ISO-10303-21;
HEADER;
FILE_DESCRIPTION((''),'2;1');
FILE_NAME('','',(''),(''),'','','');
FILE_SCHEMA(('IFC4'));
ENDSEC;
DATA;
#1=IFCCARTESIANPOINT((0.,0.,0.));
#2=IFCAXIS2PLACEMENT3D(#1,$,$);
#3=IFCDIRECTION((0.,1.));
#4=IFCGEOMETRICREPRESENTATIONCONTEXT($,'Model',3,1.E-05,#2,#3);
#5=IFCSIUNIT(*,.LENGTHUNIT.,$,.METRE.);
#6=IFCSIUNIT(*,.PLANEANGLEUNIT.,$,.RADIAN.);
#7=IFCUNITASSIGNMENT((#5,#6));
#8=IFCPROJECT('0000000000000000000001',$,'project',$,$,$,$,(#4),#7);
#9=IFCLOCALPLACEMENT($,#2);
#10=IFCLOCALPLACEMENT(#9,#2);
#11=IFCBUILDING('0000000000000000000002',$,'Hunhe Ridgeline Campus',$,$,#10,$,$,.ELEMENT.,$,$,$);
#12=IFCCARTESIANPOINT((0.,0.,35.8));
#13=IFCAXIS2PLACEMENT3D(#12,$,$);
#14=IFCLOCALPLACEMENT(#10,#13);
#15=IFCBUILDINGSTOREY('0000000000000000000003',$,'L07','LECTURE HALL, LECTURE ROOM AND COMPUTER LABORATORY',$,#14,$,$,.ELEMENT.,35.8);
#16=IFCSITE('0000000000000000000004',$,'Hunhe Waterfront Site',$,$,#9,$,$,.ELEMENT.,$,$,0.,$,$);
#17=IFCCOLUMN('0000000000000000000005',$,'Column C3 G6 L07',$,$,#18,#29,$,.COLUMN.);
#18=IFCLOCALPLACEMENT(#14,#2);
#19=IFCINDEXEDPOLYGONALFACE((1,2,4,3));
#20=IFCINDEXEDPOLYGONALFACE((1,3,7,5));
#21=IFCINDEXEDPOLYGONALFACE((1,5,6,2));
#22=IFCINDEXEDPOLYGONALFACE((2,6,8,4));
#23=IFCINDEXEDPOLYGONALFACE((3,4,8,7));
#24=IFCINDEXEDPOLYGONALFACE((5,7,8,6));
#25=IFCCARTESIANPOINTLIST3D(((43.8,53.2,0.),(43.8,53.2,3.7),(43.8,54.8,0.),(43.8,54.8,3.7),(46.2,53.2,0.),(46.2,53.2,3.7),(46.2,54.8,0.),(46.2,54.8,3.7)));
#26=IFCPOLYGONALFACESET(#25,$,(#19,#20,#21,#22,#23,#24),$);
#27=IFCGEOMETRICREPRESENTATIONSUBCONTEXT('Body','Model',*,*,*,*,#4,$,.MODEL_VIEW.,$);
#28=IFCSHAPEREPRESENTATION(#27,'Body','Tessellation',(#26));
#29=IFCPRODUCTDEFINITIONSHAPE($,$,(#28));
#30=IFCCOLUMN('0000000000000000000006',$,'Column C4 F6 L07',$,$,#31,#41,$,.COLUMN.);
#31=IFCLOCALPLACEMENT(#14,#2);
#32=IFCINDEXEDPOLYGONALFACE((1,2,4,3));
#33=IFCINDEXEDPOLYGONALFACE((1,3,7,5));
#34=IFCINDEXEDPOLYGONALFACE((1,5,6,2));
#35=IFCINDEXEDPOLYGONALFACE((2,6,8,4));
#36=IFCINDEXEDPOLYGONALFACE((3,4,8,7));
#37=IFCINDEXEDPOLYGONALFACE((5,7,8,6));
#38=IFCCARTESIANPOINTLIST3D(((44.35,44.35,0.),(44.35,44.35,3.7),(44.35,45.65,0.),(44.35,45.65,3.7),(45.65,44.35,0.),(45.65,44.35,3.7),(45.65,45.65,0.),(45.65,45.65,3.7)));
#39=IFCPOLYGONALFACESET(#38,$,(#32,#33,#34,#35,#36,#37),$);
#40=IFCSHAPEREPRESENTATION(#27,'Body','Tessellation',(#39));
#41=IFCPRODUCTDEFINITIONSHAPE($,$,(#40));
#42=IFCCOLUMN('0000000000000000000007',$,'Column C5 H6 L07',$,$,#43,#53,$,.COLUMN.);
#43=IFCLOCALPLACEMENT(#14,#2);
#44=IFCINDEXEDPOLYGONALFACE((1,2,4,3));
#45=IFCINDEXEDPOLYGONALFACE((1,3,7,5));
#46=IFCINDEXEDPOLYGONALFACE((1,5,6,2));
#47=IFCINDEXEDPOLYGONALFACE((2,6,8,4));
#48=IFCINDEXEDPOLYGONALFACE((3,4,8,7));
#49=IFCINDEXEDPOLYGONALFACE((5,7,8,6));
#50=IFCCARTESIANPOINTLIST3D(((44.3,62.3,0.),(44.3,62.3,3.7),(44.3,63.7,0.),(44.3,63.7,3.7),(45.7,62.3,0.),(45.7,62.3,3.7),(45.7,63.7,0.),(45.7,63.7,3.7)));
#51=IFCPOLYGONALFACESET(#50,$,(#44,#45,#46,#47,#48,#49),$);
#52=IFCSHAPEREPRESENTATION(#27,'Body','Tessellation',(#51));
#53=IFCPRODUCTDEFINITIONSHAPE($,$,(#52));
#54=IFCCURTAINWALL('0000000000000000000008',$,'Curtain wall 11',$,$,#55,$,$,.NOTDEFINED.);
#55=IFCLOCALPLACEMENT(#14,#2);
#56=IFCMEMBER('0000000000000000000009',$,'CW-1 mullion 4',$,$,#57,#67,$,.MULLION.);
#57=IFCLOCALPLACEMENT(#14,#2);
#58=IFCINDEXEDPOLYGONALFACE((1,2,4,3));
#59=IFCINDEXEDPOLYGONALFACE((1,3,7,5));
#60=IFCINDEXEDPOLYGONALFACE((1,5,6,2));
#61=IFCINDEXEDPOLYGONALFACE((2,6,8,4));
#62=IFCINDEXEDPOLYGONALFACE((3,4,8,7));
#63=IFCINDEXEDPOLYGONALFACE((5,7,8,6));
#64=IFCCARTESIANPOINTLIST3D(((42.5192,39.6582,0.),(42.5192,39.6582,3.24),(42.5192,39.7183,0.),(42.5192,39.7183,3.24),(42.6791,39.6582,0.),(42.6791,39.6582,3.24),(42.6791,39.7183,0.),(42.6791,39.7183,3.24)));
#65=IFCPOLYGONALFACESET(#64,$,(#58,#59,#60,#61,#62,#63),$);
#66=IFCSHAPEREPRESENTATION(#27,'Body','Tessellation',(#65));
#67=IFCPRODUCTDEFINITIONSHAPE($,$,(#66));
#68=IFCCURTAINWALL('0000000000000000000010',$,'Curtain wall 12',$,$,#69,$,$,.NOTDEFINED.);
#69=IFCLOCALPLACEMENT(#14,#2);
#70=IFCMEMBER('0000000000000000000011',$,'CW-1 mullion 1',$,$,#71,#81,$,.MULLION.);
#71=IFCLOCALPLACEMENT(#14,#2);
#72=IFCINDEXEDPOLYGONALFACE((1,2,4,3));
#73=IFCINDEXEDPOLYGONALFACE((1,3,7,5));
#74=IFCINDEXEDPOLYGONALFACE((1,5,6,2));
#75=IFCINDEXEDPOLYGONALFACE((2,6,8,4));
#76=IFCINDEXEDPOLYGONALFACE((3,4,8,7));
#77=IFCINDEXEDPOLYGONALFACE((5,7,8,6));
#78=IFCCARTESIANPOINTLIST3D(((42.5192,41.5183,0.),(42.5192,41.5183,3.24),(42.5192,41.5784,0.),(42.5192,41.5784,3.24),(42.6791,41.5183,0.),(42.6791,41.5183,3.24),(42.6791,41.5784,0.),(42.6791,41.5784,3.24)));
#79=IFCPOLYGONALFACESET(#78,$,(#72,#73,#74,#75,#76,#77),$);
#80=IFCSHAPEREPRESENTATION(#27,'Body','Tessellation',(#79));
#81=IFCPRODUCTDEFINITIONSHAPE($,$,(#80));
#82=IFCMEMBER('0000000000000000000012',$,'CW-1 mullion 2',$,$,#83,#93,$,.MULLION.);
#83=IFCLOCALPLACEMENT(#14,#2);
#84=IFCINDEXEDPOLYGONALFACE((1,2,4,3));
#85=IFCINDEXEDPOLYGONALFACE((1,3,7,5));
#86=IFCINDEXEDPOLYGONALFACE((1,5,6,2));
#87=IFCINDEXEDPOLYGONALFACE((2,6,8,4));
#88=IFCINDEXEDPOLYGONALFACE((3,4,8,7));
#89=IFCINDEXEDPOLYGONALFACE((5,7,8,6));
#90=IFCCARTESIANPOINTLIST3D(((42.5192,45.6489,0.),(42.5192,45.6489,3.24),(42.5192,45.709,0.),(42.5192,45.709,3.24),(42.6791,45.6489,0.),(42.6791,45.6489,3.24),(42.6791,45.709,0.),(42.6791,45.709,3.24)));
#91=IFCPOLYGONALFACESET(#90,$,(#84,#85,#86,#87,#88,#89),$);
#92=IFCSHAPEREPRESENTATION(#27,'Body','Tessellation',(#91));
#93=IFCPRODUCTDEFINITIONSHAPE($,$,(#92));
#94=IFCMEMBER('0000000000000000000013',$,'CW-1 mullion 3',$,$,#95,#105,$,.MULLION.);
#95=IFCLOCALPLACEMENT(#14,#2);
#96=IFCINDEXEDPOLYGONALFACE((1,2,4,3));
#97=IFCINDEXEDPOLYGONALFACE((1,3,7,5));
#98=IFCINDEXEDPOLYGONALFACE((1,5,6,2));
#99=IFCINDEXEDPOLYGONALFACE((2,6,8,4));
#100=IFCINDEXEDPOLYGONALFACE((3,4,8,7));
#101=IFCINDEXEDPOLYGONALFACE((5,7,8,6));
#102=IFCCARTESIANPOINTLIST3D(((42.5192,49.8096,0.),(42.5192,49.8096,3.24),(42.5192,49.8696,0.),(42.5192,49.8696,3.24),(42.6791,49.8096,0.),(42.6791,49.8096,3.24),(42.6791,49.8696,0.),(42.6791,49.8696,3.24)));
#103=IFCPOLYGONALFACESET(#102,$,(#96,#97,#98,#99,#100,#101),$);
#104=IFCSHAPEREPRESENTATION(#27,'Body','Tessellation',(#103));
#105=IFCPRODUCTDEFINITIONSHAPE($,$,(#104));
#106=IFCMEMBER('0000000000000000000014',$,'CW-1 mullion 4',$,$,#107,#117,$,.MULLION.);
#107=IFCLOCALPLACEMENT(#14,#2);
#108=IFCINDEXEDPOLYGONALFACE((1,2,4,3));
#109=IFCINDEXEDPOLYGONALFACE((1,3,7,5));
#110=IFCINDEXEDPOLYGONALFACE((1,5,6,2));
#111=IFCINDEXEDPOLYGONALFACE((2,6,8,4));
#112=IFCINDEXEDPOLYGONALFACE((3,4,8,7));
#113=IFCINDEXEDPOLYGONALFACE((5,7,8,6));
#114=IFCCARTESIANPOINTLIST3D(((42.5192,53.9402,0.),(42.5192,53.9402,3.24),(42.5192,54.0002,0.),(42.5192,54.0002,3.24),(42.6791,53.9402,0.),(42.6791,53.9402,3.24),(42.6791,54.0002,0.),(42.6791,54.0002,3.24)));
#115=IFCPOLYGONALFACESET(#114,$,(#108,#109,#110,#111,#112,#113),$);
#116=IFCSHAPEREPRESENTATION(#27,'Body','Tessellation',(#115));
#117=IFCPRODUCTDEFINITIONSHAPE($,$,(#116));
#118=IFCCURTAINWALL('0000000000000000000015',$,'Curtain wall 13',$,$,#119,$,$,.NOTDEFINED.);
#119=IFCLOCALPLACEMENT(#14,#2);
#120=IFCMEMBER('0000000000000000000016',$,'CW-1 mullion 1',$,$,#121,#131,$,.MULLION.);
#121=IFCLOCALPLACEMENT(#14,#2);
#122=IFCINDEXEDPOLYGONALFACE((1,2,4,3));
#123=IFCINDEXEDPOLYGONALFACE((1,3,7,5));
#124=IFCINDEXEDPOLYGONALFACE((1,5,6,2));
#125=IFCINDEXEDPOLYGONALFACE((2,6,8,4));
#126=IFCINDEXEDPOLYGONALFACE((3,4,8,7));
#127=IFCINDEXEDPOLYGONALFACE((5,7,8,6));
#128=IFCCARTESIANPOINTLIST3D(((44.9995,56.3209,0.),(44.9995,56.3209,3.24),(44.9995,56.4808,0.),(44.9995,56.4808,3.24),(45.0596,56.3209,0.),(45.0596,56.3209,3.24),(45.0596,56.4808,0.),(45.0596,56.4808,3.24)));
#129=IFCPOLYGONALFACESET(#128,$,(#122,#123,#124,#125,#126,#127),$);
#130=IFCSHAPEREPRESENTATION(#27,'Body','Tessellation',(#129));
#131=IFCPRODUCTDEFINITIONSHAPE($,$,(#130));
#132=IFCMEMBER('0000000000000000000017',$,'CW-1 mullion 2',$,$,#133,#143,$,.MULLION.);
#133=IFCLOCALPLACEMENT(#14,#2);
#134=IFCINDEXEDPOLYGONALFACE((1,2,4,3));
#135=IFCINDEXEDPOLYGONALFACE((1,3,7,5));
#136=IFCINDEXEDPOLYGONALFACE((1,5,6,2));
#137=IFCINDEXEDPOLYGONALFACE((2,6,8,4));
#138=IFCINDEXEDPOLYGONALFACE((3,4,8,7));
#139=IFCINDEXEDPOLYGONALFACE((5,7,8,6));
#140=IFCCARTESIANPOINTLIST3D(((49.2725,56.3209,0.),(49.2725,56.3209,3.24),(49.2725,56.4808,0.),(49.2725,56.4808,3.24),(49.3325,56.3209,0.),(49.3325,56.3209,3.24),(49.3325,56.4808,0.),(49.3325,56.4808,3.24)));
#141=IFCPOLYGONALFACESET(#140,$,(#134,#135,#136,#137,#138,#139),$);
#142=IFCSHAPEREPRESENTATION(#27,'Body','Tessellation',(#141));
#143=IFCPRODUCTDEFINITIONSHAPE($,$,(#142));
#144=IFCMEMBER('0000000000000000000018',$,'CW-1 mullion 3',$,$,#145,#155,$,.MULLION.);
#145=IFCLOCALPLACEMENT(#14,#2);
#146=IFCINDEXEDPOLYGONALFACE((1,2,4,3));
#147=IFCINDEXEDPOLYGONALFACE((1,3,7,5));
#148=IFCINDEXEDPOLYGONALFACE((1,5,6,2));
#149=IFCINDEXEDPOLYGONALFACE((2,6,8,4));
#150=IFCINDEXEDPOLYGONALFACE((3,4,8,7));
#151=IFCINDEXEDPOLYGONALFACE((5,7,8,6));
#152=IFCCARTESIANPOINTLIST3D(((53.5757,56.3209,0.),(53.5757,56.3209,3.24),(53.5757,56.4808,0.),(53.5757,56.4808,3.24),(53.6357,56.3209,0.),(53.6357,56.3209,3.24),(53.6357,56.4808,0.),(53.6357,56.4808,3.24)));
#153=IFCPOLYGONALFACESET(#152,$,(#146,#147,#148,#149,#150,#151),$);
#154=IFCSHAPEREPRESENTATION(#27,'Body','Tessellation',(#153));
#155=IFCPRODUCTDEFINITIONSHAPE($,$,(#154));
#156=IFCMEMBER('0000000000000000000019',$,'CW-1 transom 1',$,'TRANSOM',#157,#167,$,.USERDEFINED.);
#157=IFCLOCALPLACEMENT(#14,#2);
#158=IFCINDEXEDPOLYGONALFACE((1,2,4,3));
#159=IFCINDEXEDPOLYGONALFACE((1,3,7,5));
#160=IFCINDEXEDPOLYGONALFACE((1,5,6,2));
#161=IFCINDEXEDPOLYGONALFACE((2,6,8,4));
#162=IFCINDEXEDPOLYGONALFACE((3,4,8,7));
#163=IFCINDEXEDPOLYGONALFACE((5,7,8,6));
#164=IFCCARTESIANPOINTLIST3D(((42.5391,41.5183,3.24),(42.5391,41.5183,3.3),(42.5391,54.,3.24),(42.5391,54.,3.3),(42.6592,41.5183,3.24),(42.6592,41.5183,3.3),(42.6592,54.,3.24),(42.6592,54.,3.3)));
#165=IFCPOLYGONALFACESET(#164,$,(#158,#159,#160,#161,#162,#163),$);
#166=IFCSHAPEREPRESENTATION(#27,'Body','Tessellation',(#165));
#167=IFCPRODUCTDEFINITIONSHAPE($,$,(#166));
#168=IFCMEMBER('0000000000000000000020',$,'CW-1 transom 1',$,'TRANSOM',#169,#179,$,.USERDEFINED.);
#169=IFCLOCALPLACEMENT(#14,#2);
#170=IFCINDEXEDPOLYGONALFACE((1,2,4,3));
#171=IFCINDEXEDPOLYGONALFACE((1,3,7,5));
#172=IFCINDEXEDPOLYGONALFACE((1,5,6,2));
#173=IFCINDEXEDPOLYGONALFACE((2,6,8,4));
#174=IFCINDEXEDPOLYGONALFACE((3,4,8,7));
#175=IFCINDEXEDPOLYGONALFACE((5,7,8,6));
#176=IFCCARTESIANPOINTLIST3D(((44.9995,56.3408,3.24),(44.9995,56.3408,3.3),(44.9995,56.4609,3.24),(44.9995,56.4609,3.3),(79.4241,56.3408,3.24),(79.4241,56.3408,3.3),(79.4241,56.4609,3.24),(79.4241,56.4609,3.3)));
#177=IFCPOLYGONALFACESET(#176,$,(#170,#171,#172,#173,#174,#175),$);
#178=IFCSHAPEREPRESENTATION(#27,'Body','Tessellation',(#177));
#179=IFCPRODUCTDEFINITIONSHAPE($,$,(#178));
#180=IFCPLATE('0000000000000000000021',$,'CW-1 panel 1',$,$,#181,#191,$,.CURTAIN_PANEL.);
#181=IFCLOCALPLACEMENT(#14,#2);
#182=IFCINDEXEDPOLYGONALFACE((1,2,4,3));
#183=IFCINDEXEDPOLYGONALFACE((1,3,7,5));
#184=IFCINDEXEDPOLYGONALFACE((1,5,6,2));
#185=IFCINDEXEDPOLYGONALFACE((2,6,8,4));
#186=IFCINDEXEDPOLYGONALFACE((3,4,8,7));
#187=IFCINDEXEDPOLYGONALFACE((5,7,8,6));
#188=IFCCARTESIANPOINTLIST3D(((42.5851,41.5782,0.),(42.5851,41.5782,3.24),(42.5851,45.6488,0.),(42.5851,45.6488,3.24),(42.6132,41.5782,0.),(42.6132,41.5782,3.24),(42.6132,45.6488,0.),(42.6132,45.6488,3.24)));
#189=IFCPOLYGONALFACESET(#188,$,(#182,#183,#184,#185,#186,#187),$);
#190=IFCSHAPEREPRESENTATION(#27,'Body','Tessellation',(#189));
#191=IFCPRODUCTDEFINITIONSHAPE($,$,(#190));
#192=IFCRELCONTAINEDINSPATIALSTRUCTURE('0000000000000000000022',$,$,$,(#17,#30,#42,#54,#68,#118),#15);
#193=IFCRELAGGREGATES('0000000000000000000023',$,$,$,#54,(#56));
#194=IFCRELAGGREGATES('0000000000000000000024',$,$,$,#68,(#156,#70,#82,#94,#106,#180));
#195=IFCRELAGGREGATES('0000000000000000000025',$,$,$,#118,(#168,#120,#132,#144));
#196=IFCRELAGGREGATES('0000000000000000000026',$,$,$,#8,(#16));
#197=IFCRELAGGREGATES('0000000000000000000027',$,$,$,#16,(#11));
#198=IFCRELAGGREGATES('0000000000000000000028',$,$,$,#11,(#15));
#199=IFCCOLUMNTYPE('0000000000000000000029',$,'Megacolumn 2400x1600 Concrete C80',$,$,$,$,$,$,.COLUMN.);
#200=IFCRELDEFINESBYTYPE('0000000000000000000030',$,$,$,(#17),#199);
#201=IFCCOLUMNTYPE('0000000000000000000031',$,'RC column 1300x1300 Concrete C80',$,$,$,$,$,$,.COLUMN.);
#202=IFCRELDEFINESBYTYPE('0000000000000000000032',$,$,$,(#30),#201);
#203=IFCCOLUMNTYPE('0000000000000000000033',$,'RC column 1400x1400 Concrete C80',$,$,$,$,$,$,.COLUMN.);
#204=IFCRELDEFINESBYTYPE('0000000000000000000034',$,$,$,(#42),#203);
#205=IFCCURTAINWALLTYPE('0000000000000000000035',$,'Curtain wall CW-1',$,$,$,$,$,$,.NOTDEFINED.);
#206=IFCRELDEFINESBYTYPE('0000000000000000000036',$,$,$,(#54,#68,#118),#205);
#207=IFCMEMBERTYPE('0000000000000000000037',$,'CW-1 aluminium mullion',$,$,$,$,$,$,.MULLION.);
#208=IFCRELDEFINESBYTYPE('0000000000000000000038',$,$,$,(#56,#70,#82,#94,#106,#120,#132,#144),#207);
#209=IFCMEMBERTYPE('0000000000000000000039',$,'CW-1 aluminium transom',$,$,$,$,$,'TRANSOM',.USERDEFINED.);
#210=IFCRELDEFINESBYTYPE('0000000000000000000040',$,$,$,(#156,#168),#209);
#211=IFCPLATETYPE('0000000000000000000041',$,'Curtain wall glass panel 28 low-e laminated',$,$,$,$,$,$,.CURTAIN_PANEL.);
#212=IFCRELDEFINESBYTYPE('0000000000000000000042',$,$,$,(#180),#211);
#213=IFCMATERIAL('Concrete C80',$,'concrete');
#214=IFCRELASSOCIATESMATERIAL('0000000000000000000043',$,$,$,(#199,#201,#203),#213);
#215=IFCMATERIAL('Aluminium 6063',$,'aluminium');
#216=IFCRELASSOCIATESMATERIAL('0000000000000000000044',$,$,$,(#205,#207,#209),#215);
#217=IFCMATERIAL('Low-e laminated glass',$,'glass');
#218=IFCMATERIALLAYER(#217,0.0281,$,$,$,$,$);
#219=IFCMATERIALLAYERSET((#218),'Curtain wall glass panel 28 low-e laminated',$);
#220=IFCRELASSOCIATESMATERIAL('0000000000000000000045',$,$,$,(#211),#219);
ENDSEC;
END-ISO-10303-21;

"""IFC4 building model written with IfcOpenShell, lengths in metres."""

from ifc_helpers import new_model, si_unit, direction, frame, origin, origin_2d, place, context, subcontext, project, spatial, rectangle, extrude, material, layer, layer_set, material_profile, profile_set, type_object, element, aggregate, save


model = new_model("IFC4")

# Units and contexts
model_context = context("Model", 3, precision=1e-05, world=origin(), true_north=direction((0.0, 1.0)))
body_context = subcontext(model_context, "Body", "Model", "MODEL_VIEW")
ifc_project = project(units=[si_unit("LENGTHUNIT", "METRE"), si_unit("PLANEANGLEUNIT", "RADIAN")], contexts=[model_context])

# Site, building, storey
site_placement = place(None, origin())
site = spatial("IfcSite", under=ifc_project, at=site_placement, Name="Hunhe Waterfront Site", CompositionType="ELEMENT", RefElevation=0.0)
building_placement = place(site_placement, origin())
building = spatial("IfcBuilding", under=site, at=building_placement, Name="Hunhe Ridgeline Campus", CompositionType="ELEMENT")
storey_placement = place(building_placement, frame((0.0, 0.0, 35.8)))
storey = spatial("IfcBuildingStorey", under=building, at=storey_placement, Name="L07", Description="LECTURE HALL, LECTURE ROOM AND COMPUTER LABORATORY", CompositionType="ELEMENT", Elevation=35.8)

# Columns
ifc_material_1 = material(Name="Concrete C80", Category="concrete")
ifc_material_profile_1 = material_profile(ifc_material_1, rectangle(XDim=2.3999, YDim=1.6001, at=origin_2d()))
ifc_profile_set_1 = profile_set([ifc_material_profile_1], Name="Concrete C80")
column_type_1 = type_object("IfcColumnType", Name="Megacolumn 2400x1600 Concrete C80", PredefinedType="COLUMN", material=ifc_profile_set_1)
column_1_placement = place(storey_placement, frame((45.0, 54.0, 0.0), z_axis=(0.0, 0.0, 1.0), x_axis=(1.0, 0.0, 0.0)))
element("IfcColumn", 1, at=column_1_placement, inside=storey, type_object=column_type_1, Name="Column C3 G6 L07", PredefinedType="COLUMN", context=body_context, shape_type="SweptSolid", body=[
    extrude(rectangle(XDim=2.3999, YDim=1.6001, at=origin_2d()), origin(), (0.0, 0.0, 1.0), 3.7),
])
ifc_material_profile_2 = material_profile(ifc_material_1, rectangle(XDim=1.3, YDim=1.3, at=origin_2d()))
ifc_profile_set_2 = profile_set([ifc_material_profile_2], Name="Concrete C80")
column_type_2 = type_object("IfcColumnType", Name="RC column 1300x1300 Concrete C80", PredefinedType="COLUMN", material=ifc_profile_set_2)
column_2_placement = place(storey_placement, frame((45.0, 45.0, 0.0), z_axis=(0.0, 0.0, 1.0), x_axis=(1.0, 0.0, 0.0)))
element("IfcColumn", 2, at=column_2_placement, inside=storey, type_object=column_type_2, Name="Column C4 F6 L07", PredefinedType="COLUMN", context=body_context, shape_type="SweptSolid", body=[
    extrude(rectangle(XDim=1.3, YDim=1.3, at=origin_2d()), origin(), (0.0, 0.0, 1.0), 3.7),
])
ifc_material_profile_3 = material_profile(ifc_material_1, rectangle(XDim=1.3999, YDim=1.3999, at=origin_2d()))
ifc_profile_set_3 = profile_set([ifc_material_profile_3], Name="Concrete C80")
column_type_3 = type_object("IfcColumnType", Name="RC column 1400x1400 Concrete C80", PredefinedType="COLUMN", material=ifc_profile_set_3)
column_3_placement = place(storey_placement, frame((45.0, 63.0, 0.0), z_axis=(0.0, 0.0, 1.0), x_axis=(1.0, 0.0, 0.0)))
element("IfcColumn", 3, at=column_3_placement, inside=storey, type_object=column_type_3, Name="Column C5 H6 L07", PredefinedType="COLUMN", context=body_context, shape_type="SweptSolid", body=[
    extrude(rectangle(XDim=1.3999, YDim=1.3999, at=origin_2d()), origin(), (0.0, 0.0, 1.0), 3.7),
])

# Curtain wall, member
ifc_material_2 = material(Name="Aluminium 6063", Category="aluminium")
curtain_wall_type = type_object("IfcCurtainWallType", Name="Curtain wall CW-1", PredefinedType="NOTDEFINED", material=ifc_material_2)
curtain_wall_1_placement = place(storey_placement, origin())
curtain_wall_1 = element("IfcCurtainWall", 4, at=curtain_wall_1_placement, inside=storey, type_object=curtain_wall_type, Name="Curtain wall 11", PredefinedType="NOTDEFINED")
ifc_material_profile_4 = material_profile(ifc_material_2, rectangle(XDim=0.1599, YDim=0.0601, at=origin_2d()))
ifc_profile_set_4 = profile_set([ifc_material_profile_4], Name="Aluminium 6063")
member_type_1 = type_object("IfcMemberType", Name="CW-1 aluminium mullion", PredefinedType="MULLION", material=ifc_profile_set_4)
member_1_placement = place(storey_placement, frame((42.5991, 39.6882, 0.0), z_axis=(0.0, 0.0, 1.0), x_axis=(-1.0, 0.0, 0.0)))
member_1 = element("IfcMember", 5, at=member_1_placement, type_object=member_type_1, Name="CW-1 mullion 4", PredefinedType="MULLION", context=body_context, shape_type="SweptSolid", body=[
    extrude(rectangle(XDim=0.1599, YDim=0.0601, at=origin_2d()), origin(), (0.0, 0.0, 1.0), 3.24),
])
aggregate(curtain_wall_1, [member_1])

# Curtain walls, members
curtain_wall_2_placement = place(storey_placement, origin())
curtain_wall_2 = element("IfcCurtainWall", 6, at=curtain_wall_2_placement, inside=storey, type_object=curtain_wall_type, Name="Curtain wall 12", PredefinedType="NOTDEFINED")
member_2_placement = place(storey_placement, frame((42.5991, 41.5483, 0.0), z_axis=(0.0, 0.0, 1.0), x_axis=(-1.0, 0.0, 0.0)))
member_2 = element("IfcMember", 7, at=member_2_placement, type_object=member_type_1, Name="CW-1 mullion 1", PredefinedType="MULLION", context=body_context, shape_type="SweptSolid", body=[
    extrude(rectangle(XDim=0.1599, YDim=0.0601, at=origin_2d()), origin(), (0.0, 0.0, 1.0), 3.24),
])
member_3_placement = place(storey_placement, frame((42.5991, 45.679, 0.0), z_axis=(0.0, 0.0, 1.0), x_axis=(-1.0, 0.0, 0.0)))
member_3 = element("IfcMember", 8, at=member_3_placement, type_object=member_type_1, Name="CW-1 mullion 2", PredefinedType="MULLION", context=body_context, shape_type="SweptSolid", body=[
    extrude(rectangle(XDim=0.1599, YDim=0.0601, at=origin_2d()), origin(), (0.0, 0.0, 1.0), 3.24),
])
member_4_placement = place(storey_placement, frame((42.5991, 49.8396, 0.0), z_axis=(0.0, 0.0, 1.0), x_axis=(-1.0, 0.0, 0.0)))
member_4 = element("IfcMember", 9, at=member_4_placement, type_object=member_type_1, Name="CW-1 mullion 3", PredefinedType="MULLION", context=body_context, shape_type="SweptSolid", body=[
    extrude(rectangle(XDim=0.1599, YDim=0.0601, at=origin_2d()), origin(), (0.0, 0.0, 1.0), 3.24),
])
member_5_placement = place(storey_placement, frame((42.5991, 53.9702, 0.0), z_axis=(0.0, 0.0, 1.0), x_axis=(-1.0, 0.0, 0.0)))
member_5 = element("IfcMember", 10, at=member_5_placement, type_object=member_type_1, Name="CW-1 mullion 4", PredefinedType="MULLION", context=body_context, shape_type="SweptSolid", body=[
    extrude(rectangle(XDim=0.1599, YDim=0.0601, at=origin_2d()), origin(), (0.0, 0.0, 1.0), 3.24),
])
curtain_wall_3_placement = place(storey_placement, origin())
curtain_wall_3 = element("IfcCurtainWall", 11, at=curtain_wall_3_placement, inside=storey, type_object=curtain_wall_type, Name="Curtain wall 13", PredefinedType="NOTDEFINED")
member_6_placement = place(storey_placement, frame((45.0295, 56.4009, 0.0), z_axis=(0.0, 0.0, 1.0), x_axis=(-0.000004, 1.0, 0.0)))
member_6 = element("IfcMember", 12, at=member_6_placement, type_object=member_type_1, Name="CW-1 mullion 1", PredefinedType="MULLION", context=body_context, shape_type="SweptSolid", body=[
    extrude(rectangle(XDim=0.1599, YDim=0.0601, at=origin_2d()), origin(), (0.0, 0.0, 1.0), 3.24),
])
member_7_placement = place(storey_placement, frame((49.3025, 56.4009, 0.0), z_axis=(0.0, 0.0, 1.0), x_axis=(-0.000004, 1.0, 0.0)))
member_7 = element("IfcMember", 13, at=member_7_placement, type_object=member_type_1, Name="CW-1 mullion 2", PredefinedType="MULLION", context=body_context, shape_type="SweptSolid", body=[
    extrude(rectangle(XDim=0.1599, YDim=0.0601, at=origin_2d()), origin(), (0.0, 0.0, 1.0), 3.24),
])
member_8_placement = place(storey_placement, frame((53.6057, 56.4009, 0.0), z_axis=(0.0, 0.0, 1.0), x_axis=(-0.000004, 1.0, 0.0)))
member_8 = element("IfcMember", 14, at=member_8_placement, type_object=member_type_1, Name="CW-1 mullion 3", PredefinedType="MULLION", context=body_context, shape_type="SweptSolid", body=[
    extrude(rectangle(XDim=0.1599, YDim=0.0601, at=origin_2d()), origin(), (0.0, 0.0, 1.0), 3.24),
])

# Members
ifc_material_profile_5 = material_profile(ifc_material_2, rectangle(XDim=0.1201, YDim=0.0601, at=origin_2d()))
ifc_profile_set_5 = profile_set([ifc_material_profile_5], Name="Aluminium 6063")
member_type_2 = type_object("IfcMemberType", Name="CW-1 aluminium transom", ElementType="TRANSOM", PredefinedType="USERDEFINED", material=ifc_profile_set_5)
member_9_placement = place(storey_placement, frame((42.5991, 41.5183, 3.27), z_axis=(0.0, 1.0, 0.0), x_axis=(-1.0, 0.0, 0.0)))
member_9 = element("IfcMember", 15, at=member_9_placement, type_object=member_type_2, Name="CW-1 transom 1", ObjectType="TRANSOM", PredefinedType="USERDEFINED", context=body_context, shape_type="SweptSolid", body=[
    extrude(rectangle(XDim=0.1201, YDim=0.0601, at=origin_2d()), origin(), (0.0, 0.0, 1.0), 12.4817),
])
member_10_placement = place(storey_placement, frame((44.9995, 56.4009, 3.27), z_axis=(1.0, 0.0, 0.0), x_axis=(0.0, 1.0, 0.0)))
member_10 = element("IfcMember", 16, at=member_10_placement, type_object=member_type_2, Name="CW-1 transom 1", ObjectType="TRANSOM", PredefinedType="USERDEFINED", context=body_context, shape_type="SweptSolid", body=[
    extrude(rectangle(XDim=0.1201, YDim=0.0601, at=origin_2d()), origin(), (0.0, 0.0, 1.0), 34.4246),
])

# Plate
ifc_material_3 = material(Name="Low-e laminated glass", Category="glass")
ifc_layer_1 = layer(ifc_material_3, 0.0281)
ifc_layer_set_1 = layer_set([ifc_layer_1], Name="Curtain wall glass panel 28 low-e laminated")
plate_type = type_object("IfcPlateType", Name="Curtain wall glass panel 28 low-e laminated", PredefinedType="CURTAIN_PANEL", material=ifc_layer_set_1)
plate_1_placement = place(storey_placement, frame((42.5991, 43.6135, 0.0), z_axis=(0.0, 0.0, 1.0), x_axis=(0.0, 1.0, 0.0)))
plate_1 = element("IfcPlate", 17, at=plate_1_placement, type_object=plate_type, Name="CW-1 panel 1", PredefinedType="CURTAIN_PANEL", context=body_context, shape_type="SweptSolid", body=[
    extrude(rectangle(XDim=4.0706, YDim=0.0281, at=origin_2d()), origin(), (0.0, 0.0, 1.0), 3.24),
])
aggregate(curtain_wall_2, [member_9, member_2, member_3, member_4, member_5, plate_1])
aggregate(curtain_wall_3, [member_10, member_6, member_7, member_8])

save(model, "model.ifc")
